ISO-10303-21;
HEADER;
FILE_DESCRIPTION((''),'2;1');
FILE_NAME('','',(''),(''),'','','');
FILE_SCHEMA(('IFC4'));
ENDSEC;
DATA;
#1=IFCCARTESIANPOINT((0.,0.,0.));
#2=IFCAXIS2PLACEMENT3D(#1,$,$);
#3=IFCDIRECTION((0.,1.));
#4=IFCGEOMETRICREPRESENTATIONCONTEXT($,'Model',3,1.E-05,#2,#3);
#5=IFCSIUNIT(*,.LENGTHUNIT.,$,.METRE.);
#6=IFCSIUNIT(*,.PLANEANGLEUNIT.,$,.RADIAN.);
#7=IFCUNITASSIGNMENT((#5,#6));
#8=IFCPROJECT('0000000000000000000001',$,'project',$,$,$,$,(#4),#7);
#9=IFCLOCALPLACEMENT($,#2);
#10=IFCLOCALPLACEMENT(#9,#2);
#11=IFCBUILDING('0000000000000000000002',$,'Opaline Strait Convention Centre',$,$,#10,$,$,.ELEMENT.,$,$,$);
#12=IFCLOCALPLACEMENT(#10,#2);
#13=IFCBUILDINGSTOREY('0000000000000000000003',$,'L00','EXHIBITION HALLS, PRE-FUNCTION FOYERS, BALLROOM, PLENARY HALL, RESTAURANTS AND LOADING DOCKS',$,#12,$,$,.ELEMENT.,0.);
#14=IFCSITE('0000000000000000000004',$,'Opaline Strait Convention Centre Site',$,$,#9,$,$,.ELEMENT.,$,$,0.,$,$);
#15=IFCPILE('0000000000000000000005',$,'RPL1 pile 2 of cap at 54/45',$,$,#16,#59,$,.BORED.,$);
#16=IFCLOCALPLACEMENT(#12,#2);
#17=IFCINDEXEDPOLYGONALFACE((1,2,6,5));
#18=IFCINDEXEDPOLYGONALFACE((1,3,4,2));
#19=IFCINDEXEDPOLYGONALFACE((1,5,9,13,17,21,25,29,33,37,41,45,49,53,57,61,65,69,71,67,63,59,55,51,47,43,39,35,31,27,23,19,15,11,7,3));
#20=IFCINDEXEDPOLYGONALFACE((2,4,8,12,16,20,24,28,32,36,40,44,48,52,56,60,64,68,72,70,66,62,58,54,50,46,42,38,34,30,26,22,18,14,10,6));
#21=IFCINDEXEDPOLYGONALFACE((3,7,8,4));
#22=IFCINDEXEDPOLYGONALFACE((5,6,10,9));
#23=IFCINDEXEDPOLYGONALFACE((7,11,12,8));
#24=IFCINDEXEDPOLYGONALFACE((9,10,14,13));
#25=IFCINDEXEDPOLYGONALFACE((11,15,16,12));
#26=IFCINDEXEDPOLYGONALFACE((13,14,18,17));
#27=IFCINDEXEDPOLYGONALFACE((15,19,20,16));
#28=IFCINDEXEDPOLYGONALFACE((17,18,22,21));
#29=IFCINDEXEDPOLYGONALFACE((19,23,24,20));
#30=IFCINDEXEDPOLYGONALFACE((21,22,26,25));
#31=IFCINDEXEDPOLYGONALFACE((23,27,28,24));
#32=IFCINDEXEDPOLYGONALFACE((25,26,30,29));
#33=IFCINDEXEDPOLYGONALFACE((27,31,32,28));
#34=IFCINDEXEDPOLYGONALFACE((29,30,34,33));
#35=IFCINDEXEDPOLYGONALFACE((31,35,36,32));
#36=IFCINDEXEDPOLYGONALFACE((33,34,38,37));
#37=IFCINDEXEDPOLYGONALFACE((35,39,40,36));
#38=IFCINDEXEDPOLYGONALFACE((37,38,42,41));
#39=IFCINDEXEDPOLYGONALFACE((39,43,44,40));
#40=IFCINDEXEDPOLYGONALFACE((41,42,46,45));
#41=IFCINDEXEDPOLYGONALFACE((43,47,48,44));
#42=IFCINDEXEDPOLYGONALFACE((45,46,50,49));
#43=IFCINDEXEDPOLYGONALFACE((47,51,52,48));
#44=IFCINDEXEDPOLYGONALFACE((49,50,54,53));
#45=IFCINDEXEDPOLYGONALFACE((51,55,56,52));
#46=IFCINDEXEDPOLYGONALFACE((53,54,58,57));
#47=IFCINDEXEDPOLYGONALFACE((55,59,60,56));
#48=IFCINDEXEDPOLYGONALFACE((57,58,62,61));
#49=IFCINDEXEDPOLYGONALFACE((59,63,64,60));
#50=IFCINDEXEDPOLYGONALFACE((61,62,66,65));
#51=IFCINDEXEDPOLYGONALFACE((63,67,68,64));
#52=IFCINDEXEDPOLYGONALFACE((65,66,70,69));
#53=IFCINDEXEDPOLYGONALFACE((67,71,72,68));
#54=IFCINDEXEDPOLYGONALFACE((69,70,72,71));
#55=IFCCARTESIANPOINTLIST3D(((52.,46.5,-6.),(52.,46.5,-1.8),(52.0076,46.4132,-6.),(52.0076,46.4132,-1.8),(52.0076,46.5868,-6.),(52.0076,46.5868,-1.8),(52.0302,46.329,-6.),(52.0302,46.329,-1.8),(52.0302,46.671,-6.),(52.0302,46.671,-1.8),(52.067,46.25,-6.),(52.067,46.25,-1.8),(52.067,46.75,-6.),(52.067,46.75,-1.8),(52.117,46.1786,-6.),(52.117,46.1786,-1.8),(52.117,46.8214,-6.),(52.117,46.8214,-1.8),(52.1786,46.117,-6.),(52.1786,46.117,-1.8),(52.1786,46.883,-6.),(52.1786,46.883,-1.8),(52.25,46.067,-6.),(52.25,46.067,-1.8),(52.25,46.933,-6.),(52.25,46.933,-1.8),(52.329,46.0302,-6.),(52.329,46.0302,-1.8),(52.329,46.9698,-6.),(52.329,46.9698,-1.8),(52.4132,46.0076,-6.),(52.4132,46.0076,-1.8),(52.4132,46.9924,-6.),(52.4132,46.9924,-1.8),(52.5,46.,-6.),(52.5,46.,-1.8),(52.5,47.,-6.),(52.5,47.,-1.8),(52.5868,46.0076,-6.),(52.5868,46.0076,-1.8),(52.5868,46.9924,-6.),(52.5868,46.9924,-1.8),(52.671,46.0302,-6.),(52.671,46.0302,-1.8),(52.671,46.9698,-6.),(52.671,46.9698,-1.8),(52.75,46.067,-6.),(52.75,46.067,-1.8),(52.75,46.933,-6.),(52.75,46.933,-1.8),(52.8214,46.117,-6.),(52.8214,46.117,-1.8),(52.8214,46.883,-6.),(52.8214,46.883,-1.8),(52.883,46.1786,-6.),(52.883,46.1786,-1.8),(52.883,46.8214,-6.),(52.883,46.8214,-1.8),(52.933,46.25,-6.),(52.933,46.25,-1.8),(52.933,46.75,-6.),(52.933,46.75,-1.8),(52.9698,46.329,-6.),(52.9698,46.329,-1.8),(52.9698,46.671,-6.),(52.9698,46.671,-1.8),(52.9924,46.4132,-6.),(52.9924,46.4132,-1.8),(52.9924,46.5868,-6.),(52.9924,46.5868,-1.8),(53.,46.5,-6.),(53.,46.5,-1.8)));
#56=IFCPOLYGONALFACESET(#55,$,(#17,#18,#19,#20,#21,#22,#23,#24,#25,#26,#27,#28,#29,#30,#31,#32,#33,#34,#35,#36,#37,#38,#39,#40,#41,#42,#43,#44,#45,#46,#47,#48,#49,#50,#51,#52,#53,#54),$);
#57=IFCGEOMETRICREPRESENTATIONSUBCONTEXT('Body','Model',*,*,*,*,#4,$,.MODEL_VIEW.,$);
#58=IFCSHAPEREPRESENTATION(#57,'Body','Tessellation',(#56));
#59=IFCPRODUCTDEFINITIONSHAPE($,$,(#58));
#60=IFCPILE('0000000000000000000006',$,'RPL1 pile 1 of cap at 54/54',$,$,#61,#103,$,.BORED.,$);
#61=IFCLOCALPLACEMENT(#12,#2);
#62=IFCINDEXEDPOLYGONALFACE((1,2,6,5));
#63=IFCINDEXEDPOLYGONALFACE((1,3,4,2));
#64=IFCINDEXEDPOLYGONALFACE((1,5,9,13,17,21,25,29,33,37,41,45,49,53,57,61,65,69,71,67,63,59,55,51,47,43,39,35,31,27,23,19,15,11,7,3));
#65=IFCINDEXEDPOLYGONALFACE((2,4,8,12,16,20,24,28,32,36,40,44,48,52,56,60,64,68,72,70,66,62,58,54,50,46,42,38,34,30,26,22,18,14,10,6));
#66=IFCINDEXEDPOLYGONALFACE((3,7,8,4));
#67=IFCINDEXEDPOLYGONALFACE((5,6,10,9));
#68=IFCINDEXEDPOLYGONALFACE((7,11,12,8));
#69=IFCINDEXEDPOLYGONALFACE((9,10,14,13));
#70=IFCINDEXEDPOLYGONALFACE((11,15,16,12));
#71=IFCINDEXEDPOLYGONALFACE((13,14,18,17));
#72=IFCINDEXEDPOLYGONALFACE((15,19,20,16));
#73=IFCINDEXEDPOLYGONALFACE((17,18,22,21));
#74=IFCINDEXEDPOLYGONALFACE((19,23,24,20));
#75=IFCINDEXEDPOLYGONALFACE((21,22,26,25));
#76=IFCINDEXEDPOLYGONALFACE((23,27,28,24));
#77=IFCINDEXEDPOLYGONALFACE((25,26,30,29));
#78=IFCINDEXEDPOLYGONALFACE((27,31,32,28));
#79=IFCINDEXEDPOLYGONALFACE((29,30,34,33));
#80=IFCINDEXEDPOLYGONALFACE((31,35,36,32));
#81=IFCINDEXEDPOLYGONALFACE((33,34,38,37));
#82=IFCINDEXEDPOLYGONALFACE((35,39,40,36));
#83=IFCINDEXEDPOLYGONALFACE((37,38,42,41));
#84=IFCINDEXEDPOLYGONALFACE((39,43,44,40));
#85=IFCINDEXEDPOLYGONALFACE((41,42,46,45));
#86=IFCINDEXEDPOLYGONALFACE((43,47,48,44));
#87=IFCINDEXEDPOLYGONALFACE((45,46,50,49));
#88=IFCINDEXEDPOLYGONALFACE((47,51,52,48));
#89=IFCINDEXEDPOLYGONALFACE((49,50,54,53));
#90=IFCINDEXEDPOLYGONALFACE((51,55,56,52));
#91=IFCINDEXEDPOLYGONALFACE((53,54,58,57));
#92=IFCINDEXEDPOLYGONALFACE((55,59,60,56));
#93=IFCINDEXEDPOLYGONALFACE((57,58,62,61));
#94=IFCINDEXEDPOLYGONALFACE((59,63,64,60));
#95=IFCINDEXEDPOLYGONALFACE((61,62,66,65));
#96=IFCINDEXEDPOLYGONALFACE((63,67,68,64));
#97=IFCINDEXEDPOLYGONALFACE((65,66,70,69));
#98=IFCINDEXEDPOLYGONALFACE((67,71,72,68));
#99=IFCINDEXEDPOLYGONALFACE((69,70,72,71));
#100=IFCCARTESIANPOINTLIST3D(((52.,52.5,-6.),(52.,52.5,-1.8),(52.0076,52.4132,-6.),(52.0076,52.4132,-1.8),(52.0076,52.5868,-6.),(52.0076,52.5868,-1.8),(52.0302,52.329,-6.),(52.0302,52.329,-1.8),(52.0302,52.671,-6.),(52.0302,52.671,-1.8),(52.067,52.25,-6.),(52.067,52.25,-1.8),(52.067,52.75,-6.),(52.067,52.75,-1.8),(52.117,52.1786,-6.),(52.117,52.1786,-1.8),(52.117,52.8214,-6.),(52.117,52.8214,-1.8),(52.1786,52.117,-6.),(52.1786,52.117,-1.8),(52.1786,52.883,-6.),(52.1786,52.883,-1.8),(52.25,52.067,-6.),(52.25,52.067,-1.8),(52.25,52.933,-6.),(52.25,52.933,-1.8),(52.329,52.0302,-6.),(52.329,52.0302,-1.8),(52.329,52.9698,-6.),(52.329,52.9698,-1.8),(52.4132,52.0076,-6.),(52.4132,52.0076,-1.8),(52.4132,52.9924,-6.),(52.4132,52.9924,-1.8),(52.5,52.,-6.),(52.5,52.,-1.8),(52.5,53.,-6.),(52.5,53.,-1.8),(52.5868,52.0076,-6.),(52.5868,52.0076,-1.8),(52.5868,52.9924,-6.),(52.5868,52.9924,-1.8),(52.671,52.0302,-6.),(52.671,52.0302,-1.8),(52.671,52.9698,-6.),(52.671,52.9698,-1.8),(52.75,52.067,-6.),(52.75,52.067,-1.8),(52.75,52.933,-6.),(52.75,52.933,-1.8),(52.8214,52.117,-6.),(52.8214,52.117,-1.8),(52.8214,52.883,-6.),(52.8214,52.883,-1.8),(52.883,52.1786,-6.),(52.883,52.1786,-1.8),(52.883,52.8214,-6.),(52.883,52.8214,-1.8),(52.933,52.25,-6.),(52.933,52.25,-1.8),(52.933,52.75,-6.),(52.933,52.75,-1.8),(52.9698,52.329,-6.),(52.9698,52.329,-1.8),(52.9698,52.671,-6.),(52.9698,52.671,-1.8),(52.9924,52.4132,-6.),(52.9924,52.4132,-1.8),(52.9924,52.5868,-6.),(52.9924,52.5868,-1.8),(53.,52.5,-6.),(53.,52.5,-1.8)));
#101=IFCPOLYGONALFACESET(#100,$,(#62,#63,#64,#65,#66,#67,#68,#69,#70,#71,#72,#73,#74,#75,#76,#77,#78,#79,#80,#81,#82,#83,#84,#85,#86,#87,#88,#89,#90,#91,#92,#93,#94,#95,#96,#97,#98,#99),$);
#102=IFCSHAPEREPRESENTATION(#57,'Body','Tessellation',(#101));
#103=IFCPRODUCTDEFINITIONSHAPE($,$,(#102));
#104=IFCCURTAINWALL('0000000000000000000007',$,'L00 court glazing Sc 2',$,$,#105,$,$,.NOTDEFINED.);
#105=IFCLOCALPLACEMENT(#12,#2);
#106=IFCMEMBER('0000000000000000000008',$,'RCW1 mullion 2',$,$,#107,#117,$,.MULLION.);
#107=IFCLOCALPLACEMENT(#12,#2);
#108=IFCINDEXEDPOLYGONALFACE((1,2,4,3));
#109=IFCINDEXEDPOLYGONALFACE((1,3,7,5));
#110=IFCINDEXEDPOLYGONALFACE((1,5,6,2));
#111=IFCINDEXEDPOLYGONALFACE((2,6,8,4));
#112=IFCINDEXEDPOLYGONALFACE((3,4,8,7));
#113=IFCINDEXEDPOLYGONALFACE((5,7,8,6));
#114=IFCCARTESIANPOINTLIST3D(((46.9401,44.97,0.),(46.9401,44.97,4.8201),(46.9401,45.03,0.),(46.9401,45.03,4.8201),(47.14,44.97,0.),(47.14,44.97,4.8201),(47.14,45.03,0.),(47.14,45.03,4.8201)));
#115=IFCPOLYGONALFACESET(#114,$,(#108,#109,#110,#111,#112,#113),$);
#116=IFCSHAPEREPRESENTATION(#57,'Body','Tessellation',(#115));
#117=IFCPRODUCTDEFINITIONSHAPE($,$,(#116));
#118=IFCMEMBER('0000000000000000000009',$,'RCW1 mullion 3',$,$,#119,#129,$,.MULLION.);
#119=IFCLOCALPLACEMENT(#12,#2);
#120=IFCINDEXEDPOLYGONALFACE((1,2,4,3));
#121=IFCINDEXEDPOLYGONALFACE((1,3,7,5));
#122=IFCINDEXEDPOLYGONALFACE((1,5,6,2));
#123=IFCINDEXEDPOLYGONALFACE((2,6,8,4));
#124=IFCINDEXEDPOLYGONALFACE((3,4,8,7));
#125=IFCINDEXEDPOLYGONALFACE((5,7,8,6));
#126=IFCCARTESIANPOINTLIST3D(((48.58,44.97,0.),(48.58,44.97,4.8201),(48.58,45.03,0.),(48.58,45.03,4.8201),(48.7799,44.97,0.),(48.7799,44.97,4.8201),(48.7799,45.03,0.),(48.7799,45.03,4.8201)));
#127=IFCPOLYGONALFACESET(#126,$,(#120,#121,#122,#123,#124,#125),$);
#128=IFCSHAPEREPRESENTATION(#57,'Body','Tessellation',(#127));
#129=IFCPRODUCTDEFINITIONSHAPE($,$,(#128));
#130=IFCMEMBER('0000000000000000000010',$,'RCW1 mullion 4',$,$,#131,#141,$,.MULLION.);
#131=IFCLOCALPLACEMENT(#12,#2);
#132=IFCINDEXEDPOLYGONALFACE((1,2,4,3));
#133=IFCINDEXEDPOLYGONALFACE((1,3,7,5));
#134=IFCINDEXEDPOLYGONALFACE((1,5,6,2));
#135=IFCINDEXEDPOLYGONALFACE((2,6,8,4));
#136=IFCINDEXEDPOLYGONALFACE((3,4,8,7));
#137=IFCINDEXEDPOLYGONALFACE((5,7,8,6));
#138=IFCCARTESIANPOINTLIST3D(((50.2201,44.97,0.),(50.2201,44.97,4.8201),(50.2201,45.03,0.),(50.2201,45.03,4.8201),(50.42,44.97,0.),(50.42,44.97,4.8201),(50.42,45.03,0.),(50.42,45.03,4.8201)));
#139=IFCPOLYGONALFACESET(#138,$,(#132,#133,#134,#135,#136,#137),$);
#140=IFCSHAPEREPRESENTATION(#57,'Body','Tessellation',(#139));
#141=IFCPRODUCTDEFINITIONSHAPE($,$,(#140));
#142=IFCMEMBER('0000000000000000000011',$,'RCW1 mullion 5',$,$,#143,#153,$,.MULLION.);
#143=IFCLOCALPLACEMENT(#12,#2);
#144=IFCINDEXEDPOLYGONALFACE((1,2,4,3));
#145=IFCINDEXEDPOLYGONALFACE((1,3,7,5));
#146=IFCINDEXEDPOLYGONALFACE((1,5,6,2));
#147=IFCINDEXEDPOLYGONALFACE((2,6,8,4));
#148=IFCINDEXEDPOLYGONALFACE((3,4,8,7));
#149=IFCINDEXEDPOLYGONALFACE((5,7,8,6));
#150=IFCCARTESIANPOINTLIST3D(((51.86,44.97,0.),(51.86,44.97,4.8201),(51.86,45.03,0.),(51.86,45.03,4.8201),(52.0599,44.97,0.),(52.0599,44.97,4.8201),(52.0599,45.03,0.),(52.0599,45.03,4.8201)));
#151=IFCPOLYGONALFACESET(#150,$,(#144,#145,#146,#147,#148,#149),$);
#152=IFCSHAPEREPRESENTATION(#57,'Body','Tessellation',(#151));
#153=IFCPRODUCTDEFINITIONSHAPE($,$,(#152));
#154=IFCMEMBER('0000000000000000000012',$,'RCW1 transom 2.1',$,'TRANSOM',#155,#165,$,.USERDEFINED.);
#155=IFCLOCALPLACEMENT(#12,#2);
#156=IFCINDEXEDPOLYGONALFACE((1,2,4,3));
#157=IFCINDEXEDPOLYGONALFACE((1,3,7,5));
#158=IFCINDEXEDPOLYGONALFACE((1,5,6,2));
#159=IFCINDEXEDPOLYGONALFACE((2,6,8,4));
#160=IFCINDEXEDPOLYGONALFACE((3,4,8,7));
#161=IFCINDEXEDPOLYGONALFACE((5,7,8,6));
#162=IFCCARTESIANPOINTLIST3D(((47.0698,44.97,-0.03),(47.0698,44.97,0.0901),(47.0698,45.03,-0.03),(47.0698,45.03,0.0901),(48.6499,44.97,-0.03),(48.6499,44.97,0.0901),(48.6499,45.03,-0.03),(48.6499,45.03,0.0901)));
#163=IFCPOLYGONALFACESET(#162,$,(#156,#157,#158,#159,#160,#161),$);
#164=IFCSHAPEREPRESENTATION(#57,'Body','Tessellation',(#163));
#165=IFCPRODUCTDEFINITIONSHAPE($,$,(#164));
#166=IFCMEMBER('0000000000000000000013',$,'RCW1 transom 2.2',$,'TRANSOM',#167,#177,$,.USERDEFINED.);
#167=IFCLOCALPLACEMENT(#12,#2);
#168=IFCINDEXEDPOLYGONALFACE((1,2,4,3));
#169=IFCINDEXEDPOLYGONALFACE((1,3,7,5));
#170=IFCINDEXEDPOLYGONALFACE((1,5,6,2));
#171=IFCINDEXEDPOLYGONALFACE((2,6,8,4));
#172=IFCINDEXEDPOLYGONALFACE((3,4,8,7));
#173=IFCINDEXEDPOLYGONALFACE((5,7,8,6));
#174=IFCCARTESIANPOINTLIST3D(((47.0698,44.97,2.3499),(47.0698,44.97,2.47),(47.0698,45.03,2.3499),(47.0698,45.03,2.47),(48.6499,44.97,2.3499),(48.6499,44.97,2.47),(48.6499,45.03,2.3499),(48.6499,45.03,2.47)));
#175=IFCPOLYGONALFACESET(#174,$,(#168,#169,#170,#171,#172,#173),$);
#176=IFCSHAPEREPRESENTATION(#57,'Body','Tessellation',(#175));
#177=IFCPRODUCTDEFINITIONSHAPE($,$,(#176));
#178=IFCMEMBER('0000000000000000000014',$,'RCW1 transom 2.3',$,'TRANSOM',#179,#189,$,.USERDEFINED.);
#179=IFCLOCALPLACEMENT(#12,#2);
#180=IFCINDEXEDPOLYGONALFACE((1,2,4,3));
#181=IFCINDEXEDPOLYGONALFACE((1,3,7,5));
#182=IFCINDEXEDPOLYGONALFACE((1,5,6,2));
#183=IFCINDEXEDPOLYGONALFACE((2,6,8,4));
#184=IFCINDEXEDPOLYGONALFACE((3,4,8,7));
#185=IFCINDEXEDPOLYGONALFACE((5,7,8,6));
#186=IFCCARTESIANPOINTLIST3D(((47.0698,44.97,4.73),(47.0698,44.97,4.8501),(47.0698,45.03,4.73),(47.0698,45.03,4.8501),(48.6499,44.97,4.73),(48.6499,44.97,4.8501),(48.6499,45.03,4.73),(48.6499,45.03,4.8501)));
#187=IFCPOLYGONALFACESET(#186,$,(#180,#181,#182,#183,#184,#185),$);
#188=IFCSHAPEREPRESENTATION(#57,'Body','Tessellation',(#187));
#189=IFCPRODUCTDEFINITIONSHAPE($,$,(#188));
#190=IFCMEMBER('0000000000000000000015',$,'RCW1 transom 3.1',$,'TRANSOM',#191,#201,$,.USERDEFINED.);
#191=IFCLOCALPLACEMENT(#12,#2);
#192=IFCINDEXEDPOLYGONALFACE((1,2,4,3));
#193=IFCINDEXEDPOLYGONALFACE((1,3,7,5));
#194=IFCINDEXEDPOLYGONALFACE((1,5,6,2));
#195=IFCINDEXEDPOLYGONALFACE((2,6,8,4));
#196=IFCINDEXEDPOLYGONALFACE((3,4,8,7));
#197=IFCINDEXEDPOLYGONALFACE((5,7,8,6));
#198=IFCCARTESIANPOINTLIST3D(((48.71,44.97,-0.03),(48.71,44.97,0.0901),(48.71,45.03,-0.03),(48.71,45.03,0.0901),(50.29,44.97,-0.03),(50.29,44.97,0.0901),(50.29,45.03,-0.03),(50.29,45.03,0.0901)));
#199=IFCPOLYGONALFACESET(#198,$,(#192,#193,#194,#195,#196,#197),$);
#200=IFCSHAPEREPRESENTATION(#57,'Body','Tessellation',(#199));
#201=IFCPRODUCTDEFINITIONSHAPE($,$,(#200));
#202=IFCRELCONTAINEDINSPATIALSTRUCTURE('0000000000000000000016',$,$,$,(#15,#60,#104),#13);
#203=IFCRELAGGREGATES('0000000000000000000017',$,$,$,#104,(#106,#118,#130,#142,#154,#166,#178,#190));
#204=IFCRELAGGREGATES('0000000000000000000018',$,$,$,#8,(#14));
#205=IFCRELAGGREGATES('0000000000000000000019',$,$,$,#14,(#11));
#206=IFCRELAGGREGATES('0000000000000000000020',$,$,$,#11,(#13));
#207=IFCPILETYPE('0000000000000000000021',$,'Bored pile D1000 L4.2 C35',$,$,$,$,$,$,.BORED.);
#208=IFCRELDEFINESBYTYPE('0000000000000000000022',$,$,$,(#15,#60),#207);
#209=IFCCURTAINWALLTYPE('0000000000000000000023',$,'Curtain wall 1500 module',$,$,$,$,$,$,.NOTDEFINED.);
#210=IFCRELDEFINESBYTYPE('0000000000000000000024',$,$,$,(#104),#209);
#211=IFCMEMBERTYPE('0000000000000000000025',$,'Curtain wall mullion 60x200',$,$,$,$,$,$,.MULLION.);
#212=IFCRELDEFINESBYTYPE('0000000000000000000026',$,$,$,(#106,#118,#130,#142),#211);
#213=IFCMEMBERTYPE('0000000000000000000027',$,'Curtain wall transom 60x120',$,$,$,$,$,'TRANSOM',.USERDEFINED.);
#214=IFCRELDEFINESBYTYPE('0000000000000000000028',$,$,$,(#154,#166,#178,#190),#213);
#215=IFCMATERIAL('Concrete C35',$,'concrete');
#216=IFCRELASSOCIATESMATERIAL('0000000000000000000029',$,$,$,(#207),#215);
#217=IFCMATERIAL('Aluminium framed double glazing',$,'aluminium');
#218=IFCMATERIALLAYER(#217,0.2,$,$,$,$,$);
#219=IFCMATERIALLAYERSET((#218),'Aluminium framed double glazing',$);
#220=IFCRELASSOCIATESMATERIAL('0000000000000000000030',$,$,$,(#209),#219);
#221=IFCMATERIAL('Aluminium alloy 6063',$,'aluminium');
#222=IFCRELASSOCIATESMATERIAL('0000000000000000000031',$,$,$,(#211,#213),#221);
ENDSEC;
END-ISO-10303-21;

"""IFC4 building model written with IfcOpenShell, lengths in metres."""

from ifc_helpers import new_model, si_unit, direction, frame, origin, origin_2d, place, context, subcontext, project, spatial, rectangle, circle, extrude, material, layer, layer_set, material_profile, profile_set, type_object, element, aggregate, save


model = new_model("IFC4")

# Units and contexts
model_context = context("Model", 3, precision=1e-05, world=origin(), true_north=direction((0.0, 1.0)))
body_context = subcontext(model_context, "Body", "Model", "MODEL_VIEW")
ifc_project = project(units=[si_unit("LENGTHUNIT", "METRE"), si_unit("PLANEANGLEUNIT", "RADIAN")], contexts=[model_context])

# Site, building, storey
site_placement = place(None, origin())
site = spatial("IfcSite", under=ifc_project, at=site_placement, Name="Opaline Strait Convention Centre Site", CompositionType="ELEMENT", RefElevation=0.0)
building_placement = place(site_placement, origin())
building = spatial("IfcBuilding", under=site, at=building_placement, Name="Opaline Strait Convention Centre", CompositionType="ELEMENT")
storey_placement = place(building_placement, origin())
storey = spatial("IfcBuildingStorey", under=building, at=storey_placement, Name="L00", Description="EXHIBITION HALLS, PRE-FUNCTION FOYERS, BALLROOM, PLENARY HALL, RESTAURANTS AND LOADING DOCKS", CompositionType="ELEMENT", Elevation=0.0)

# Piles
ifc_material_1 = material(Name="Concrete C35", Category="concrete")
ifc_material_profile_1 = material_profile(ifc_material_1, circle(Radius=0.5, at=origin_2d()), Name="D1000")
ifc_profile_set_1 = profile_set([ifc_material_profile_1], Name="Concrete C35")
pile_type = type_object("IfcPileType", Name="Bored pile D1000 L4.2 C35", PredefinedType="BORED", material=ifc_profile_set_1)
for number, where, z_axis, x_axis, name in (
    (1, (52.5, 46.5, -1.8), (0.0, 0.0, -1.0), (1.0, 0.0, 0.0), "RPL1 pile 2 of cap at 54/45"),
    (2, (52.5, 52.5, -1.8), (0.0, 0.0, -1.0), (1.0, 0.0, 0.0), "RPL1 pile 1 of cap at 54/54"),
):
    element("IfcPile", number, at=place(storey_placement, frame(where, z_axis=z_axis, x_axis=x_axis)), inside=storey, type_object=pile_type, Name=name, PredefinedType="BORED", context=body_context, shape_type="SweptSolid", body=[
        extrude(circle(Radius=0.5, at=origin_2d()), origin(), (0.0, 0.0, 1.0), 4.2),
    ])

# Curtain wall, members
ifc_material_2 = material(Name="Aluminium framed double glazing", Category="aluminium")
ifc_layer_1 = layer(ifc_material_2, 0.2)
ifc_layer_set_1 = layer_set([ifc_layer_1], Name="Aluminium framed double glazing")
curtain_wall_type = type_object("IfcCurtainWallType", Name="Curtain wall 1500 module", PredefinedType="NOTDEFINED", material=ifc_layer_set_1)
curtain_wall_placement = place(storey_placement, origin())
curtain_wall = element("IfcCurtainWall", 3, at=curtain_wall_placement, inside=storey, type_object=curtain_wall_type, Name="L00 court glazing Sc 2", PredefinedType="NOTDEFINED")
ifc_material_3 = material(Name="Aluminium alloy 6063", Category="aluminium")
ifc_material_profile_2 = material_profile(ifc_material_3, rectangle(XDim=0.0601, YDim=0.2, at=origin_2d()), Name="Curtain wall mullion 60x200")
ifc_profile_set_2 = profile_set([ifc_material_profile_2], Name="Aluminium alloy 6063")
member_type_1 = type_object("IfcMemberType", Name="Curtain wall mullion 60x200", PredefinedType="MULLION", material=ifc_profile_set_2)
member_1_placement = place(storey_placement, frame((47.04, 45.0, 0.0), z_axis=(0.0, 0.0, 1.0), x_axis=(0.0, 1.0, 0.0)))
member_1 = element("IfcMember", 4, at=member_1_placement, type_object=member_type_1, Name="RCW1 mullion 2", PredefinedType="MULLION", context=body_context, shape_type="SweptSolid", body=[
    extrude(rectangle(XDim=0.0601, YDim=0.2, at=origin_2d()), origin(), (0.0, 0.0, 1.0), 4.8201),
])
member_2_placement = place(storey_placement, frame((48.6799, 45.0, 0.0), z_axis=(0.0, 0.0, 1.0), x_axis=(0.0, 1.0, 0.0)))
member_2 = element("IfcMember", 5, at=member_2_placement, type_object=member_type_1, Name="RCW1 mullion 3", PredefinedType="MULLION", context=body_context, shape_type="SweptSolid", body=[
    extrude(rectangle(XDim=0.0601, YDim=0.2, at=origin_2d()), origin(), (0.0, 0.0, 1.0), 4.8201),
])
member_3_placement = place(storey_placement, frame((50.3201, 45.0, 0.0), z_axis=(0.0, 0.0, 1.0), x_axis=(0.0, 1.0, 0.0)))
member_3 = element("IfcMember", 6, at=member_3_placement, type_object=member_type_1, Name="RCW1 mullion 4", PredefinedType="MULLION", context=body_context, shape_type="SweptSolid", body=[
    extrude(rectangle(XDim=0.0601, YDim=0.2, at=origin_2d()), origin(), (0.0, 0.0, 1.0), 4.8201),
])
member_4_placement = place(storey_placement, frame((51.96, 45.0, 0.0), z_axis=(0.0, 0.0, 1.0), x_axis=(0.0, 1.0, 0.0)))
member_4 = element("IfcMember", 7, at=member_4_placement, type_object=member_type_1, Name="RCW1 mullion 5", PredefinedType="MULLION", context=body_context, shape_type="SweptSolid", body=[
    extrude(rectangle(XDim=0.0601, YDim=0.2, at=origin_2d()), origin(), (0.0, 0.0, 1.0), 4.8201),
])
ifc_material_profile_3 = material_profile(ifc_material_3, rectangle(XDim=0.0601, YDim=0.1201, at=origin_2d()), Name="Curtain wall transom 60x120")
ifc_profile_set_3 = profile_set([ifc_material_profile_3], Name="Aluminium alloy 6063")
member_type_2 = type_object("IfcMemberType", Name="Curtain wall transom 60x120", ElementType="TRANSOM", PredefinedType="USERDEFINED", material=ifc_profile_set_3)
member_5_placement = place(storey_placement, frame((47.0698, 45.0, 0.03), z_axis=(1.0, 0.0, 0.0), x_axis=(0.0, 1.0, 0.0)))
member_5 = element("IfcMember", 8, at=member_5_placement, type_object=member_type_2, Name="RCW1 transom 2.1", ObjectType="TRANSOM", PredefinedType="USERDEFINED", context=body_context, shape_type="SweptSolid", body=[
    extrude(rectangle(XDim=0.0601, YDim=0.1201, at=origin_2d()), origin(), (0.0, 0.0, 1.0), 1.5801),
])
member_6_placement = place(storey_placement, frame((47.0698, 45.0, 2.4099), z_axis=(1.0, 0.0, 0.0), x_axis=(0.0, 1.0, 0.0)))
member_6 = element("IfcMember", 9, at=member_6_placement, type_object=member_type_2, Name="RCW1 transom 2.2", ObjectType="TRANSOM", PredefinedType="USERDEFINED", context=body_context, shape_type="SweptSolid", body=[
    extrude(rectangle(XDim=0.0601, YDim=0.1201, at=origin_2d()), origin(), (0.0, 0.0, 1.0), 1.5801),
])
member_7_placement = place(storey_placement, frame((47.0698, 45.0, 4.79), z_axis=(1.0, 0.0, 0.0), x_axis=(0.0, 1.0, 0.0)))
member_7 = element("IfcMember", 10, at=member_7_placement, type_object=member_type_2, Name="RCW1 transom 2.3", ObjectType="TRANSOM", PredefinedType="USERDEFINED", context=body_context, shape_type="SweptSolid", body=[
    extrude(rectangle(XDim=0.0601, YDim=0.1201, at=origin_2d()), origin(), (0.0, 0.0, 1.0), 1.5801),
])
member_8_placement = place(storey_placement, frame((48.71, 45.0, 0.03), z_axis=(1.0, 0.0, 0.0), x_axis=(0.0, 1.0, 0.0)))
member_8 = element("IfcMember", 11, at=member_8_placement, type_object=member_type_2, Name="RCW1 transom 3.1", ObjectType="TRANSOM", PredefinedType="USERDEFINED", context=body_context, shape_type="SweptSolid", body=[
    extrude(rectangle(XDim=0.0601, YDim=0.1201, at=origin_2d()), origin(), (0.0, 0.0, 1.0), 1.5801),
])
aggregate(curtain_wall, [member_1, member_2, member_3, member_4, member_5, member_6, member_7, member_8])

save(model, "model.ifc")
